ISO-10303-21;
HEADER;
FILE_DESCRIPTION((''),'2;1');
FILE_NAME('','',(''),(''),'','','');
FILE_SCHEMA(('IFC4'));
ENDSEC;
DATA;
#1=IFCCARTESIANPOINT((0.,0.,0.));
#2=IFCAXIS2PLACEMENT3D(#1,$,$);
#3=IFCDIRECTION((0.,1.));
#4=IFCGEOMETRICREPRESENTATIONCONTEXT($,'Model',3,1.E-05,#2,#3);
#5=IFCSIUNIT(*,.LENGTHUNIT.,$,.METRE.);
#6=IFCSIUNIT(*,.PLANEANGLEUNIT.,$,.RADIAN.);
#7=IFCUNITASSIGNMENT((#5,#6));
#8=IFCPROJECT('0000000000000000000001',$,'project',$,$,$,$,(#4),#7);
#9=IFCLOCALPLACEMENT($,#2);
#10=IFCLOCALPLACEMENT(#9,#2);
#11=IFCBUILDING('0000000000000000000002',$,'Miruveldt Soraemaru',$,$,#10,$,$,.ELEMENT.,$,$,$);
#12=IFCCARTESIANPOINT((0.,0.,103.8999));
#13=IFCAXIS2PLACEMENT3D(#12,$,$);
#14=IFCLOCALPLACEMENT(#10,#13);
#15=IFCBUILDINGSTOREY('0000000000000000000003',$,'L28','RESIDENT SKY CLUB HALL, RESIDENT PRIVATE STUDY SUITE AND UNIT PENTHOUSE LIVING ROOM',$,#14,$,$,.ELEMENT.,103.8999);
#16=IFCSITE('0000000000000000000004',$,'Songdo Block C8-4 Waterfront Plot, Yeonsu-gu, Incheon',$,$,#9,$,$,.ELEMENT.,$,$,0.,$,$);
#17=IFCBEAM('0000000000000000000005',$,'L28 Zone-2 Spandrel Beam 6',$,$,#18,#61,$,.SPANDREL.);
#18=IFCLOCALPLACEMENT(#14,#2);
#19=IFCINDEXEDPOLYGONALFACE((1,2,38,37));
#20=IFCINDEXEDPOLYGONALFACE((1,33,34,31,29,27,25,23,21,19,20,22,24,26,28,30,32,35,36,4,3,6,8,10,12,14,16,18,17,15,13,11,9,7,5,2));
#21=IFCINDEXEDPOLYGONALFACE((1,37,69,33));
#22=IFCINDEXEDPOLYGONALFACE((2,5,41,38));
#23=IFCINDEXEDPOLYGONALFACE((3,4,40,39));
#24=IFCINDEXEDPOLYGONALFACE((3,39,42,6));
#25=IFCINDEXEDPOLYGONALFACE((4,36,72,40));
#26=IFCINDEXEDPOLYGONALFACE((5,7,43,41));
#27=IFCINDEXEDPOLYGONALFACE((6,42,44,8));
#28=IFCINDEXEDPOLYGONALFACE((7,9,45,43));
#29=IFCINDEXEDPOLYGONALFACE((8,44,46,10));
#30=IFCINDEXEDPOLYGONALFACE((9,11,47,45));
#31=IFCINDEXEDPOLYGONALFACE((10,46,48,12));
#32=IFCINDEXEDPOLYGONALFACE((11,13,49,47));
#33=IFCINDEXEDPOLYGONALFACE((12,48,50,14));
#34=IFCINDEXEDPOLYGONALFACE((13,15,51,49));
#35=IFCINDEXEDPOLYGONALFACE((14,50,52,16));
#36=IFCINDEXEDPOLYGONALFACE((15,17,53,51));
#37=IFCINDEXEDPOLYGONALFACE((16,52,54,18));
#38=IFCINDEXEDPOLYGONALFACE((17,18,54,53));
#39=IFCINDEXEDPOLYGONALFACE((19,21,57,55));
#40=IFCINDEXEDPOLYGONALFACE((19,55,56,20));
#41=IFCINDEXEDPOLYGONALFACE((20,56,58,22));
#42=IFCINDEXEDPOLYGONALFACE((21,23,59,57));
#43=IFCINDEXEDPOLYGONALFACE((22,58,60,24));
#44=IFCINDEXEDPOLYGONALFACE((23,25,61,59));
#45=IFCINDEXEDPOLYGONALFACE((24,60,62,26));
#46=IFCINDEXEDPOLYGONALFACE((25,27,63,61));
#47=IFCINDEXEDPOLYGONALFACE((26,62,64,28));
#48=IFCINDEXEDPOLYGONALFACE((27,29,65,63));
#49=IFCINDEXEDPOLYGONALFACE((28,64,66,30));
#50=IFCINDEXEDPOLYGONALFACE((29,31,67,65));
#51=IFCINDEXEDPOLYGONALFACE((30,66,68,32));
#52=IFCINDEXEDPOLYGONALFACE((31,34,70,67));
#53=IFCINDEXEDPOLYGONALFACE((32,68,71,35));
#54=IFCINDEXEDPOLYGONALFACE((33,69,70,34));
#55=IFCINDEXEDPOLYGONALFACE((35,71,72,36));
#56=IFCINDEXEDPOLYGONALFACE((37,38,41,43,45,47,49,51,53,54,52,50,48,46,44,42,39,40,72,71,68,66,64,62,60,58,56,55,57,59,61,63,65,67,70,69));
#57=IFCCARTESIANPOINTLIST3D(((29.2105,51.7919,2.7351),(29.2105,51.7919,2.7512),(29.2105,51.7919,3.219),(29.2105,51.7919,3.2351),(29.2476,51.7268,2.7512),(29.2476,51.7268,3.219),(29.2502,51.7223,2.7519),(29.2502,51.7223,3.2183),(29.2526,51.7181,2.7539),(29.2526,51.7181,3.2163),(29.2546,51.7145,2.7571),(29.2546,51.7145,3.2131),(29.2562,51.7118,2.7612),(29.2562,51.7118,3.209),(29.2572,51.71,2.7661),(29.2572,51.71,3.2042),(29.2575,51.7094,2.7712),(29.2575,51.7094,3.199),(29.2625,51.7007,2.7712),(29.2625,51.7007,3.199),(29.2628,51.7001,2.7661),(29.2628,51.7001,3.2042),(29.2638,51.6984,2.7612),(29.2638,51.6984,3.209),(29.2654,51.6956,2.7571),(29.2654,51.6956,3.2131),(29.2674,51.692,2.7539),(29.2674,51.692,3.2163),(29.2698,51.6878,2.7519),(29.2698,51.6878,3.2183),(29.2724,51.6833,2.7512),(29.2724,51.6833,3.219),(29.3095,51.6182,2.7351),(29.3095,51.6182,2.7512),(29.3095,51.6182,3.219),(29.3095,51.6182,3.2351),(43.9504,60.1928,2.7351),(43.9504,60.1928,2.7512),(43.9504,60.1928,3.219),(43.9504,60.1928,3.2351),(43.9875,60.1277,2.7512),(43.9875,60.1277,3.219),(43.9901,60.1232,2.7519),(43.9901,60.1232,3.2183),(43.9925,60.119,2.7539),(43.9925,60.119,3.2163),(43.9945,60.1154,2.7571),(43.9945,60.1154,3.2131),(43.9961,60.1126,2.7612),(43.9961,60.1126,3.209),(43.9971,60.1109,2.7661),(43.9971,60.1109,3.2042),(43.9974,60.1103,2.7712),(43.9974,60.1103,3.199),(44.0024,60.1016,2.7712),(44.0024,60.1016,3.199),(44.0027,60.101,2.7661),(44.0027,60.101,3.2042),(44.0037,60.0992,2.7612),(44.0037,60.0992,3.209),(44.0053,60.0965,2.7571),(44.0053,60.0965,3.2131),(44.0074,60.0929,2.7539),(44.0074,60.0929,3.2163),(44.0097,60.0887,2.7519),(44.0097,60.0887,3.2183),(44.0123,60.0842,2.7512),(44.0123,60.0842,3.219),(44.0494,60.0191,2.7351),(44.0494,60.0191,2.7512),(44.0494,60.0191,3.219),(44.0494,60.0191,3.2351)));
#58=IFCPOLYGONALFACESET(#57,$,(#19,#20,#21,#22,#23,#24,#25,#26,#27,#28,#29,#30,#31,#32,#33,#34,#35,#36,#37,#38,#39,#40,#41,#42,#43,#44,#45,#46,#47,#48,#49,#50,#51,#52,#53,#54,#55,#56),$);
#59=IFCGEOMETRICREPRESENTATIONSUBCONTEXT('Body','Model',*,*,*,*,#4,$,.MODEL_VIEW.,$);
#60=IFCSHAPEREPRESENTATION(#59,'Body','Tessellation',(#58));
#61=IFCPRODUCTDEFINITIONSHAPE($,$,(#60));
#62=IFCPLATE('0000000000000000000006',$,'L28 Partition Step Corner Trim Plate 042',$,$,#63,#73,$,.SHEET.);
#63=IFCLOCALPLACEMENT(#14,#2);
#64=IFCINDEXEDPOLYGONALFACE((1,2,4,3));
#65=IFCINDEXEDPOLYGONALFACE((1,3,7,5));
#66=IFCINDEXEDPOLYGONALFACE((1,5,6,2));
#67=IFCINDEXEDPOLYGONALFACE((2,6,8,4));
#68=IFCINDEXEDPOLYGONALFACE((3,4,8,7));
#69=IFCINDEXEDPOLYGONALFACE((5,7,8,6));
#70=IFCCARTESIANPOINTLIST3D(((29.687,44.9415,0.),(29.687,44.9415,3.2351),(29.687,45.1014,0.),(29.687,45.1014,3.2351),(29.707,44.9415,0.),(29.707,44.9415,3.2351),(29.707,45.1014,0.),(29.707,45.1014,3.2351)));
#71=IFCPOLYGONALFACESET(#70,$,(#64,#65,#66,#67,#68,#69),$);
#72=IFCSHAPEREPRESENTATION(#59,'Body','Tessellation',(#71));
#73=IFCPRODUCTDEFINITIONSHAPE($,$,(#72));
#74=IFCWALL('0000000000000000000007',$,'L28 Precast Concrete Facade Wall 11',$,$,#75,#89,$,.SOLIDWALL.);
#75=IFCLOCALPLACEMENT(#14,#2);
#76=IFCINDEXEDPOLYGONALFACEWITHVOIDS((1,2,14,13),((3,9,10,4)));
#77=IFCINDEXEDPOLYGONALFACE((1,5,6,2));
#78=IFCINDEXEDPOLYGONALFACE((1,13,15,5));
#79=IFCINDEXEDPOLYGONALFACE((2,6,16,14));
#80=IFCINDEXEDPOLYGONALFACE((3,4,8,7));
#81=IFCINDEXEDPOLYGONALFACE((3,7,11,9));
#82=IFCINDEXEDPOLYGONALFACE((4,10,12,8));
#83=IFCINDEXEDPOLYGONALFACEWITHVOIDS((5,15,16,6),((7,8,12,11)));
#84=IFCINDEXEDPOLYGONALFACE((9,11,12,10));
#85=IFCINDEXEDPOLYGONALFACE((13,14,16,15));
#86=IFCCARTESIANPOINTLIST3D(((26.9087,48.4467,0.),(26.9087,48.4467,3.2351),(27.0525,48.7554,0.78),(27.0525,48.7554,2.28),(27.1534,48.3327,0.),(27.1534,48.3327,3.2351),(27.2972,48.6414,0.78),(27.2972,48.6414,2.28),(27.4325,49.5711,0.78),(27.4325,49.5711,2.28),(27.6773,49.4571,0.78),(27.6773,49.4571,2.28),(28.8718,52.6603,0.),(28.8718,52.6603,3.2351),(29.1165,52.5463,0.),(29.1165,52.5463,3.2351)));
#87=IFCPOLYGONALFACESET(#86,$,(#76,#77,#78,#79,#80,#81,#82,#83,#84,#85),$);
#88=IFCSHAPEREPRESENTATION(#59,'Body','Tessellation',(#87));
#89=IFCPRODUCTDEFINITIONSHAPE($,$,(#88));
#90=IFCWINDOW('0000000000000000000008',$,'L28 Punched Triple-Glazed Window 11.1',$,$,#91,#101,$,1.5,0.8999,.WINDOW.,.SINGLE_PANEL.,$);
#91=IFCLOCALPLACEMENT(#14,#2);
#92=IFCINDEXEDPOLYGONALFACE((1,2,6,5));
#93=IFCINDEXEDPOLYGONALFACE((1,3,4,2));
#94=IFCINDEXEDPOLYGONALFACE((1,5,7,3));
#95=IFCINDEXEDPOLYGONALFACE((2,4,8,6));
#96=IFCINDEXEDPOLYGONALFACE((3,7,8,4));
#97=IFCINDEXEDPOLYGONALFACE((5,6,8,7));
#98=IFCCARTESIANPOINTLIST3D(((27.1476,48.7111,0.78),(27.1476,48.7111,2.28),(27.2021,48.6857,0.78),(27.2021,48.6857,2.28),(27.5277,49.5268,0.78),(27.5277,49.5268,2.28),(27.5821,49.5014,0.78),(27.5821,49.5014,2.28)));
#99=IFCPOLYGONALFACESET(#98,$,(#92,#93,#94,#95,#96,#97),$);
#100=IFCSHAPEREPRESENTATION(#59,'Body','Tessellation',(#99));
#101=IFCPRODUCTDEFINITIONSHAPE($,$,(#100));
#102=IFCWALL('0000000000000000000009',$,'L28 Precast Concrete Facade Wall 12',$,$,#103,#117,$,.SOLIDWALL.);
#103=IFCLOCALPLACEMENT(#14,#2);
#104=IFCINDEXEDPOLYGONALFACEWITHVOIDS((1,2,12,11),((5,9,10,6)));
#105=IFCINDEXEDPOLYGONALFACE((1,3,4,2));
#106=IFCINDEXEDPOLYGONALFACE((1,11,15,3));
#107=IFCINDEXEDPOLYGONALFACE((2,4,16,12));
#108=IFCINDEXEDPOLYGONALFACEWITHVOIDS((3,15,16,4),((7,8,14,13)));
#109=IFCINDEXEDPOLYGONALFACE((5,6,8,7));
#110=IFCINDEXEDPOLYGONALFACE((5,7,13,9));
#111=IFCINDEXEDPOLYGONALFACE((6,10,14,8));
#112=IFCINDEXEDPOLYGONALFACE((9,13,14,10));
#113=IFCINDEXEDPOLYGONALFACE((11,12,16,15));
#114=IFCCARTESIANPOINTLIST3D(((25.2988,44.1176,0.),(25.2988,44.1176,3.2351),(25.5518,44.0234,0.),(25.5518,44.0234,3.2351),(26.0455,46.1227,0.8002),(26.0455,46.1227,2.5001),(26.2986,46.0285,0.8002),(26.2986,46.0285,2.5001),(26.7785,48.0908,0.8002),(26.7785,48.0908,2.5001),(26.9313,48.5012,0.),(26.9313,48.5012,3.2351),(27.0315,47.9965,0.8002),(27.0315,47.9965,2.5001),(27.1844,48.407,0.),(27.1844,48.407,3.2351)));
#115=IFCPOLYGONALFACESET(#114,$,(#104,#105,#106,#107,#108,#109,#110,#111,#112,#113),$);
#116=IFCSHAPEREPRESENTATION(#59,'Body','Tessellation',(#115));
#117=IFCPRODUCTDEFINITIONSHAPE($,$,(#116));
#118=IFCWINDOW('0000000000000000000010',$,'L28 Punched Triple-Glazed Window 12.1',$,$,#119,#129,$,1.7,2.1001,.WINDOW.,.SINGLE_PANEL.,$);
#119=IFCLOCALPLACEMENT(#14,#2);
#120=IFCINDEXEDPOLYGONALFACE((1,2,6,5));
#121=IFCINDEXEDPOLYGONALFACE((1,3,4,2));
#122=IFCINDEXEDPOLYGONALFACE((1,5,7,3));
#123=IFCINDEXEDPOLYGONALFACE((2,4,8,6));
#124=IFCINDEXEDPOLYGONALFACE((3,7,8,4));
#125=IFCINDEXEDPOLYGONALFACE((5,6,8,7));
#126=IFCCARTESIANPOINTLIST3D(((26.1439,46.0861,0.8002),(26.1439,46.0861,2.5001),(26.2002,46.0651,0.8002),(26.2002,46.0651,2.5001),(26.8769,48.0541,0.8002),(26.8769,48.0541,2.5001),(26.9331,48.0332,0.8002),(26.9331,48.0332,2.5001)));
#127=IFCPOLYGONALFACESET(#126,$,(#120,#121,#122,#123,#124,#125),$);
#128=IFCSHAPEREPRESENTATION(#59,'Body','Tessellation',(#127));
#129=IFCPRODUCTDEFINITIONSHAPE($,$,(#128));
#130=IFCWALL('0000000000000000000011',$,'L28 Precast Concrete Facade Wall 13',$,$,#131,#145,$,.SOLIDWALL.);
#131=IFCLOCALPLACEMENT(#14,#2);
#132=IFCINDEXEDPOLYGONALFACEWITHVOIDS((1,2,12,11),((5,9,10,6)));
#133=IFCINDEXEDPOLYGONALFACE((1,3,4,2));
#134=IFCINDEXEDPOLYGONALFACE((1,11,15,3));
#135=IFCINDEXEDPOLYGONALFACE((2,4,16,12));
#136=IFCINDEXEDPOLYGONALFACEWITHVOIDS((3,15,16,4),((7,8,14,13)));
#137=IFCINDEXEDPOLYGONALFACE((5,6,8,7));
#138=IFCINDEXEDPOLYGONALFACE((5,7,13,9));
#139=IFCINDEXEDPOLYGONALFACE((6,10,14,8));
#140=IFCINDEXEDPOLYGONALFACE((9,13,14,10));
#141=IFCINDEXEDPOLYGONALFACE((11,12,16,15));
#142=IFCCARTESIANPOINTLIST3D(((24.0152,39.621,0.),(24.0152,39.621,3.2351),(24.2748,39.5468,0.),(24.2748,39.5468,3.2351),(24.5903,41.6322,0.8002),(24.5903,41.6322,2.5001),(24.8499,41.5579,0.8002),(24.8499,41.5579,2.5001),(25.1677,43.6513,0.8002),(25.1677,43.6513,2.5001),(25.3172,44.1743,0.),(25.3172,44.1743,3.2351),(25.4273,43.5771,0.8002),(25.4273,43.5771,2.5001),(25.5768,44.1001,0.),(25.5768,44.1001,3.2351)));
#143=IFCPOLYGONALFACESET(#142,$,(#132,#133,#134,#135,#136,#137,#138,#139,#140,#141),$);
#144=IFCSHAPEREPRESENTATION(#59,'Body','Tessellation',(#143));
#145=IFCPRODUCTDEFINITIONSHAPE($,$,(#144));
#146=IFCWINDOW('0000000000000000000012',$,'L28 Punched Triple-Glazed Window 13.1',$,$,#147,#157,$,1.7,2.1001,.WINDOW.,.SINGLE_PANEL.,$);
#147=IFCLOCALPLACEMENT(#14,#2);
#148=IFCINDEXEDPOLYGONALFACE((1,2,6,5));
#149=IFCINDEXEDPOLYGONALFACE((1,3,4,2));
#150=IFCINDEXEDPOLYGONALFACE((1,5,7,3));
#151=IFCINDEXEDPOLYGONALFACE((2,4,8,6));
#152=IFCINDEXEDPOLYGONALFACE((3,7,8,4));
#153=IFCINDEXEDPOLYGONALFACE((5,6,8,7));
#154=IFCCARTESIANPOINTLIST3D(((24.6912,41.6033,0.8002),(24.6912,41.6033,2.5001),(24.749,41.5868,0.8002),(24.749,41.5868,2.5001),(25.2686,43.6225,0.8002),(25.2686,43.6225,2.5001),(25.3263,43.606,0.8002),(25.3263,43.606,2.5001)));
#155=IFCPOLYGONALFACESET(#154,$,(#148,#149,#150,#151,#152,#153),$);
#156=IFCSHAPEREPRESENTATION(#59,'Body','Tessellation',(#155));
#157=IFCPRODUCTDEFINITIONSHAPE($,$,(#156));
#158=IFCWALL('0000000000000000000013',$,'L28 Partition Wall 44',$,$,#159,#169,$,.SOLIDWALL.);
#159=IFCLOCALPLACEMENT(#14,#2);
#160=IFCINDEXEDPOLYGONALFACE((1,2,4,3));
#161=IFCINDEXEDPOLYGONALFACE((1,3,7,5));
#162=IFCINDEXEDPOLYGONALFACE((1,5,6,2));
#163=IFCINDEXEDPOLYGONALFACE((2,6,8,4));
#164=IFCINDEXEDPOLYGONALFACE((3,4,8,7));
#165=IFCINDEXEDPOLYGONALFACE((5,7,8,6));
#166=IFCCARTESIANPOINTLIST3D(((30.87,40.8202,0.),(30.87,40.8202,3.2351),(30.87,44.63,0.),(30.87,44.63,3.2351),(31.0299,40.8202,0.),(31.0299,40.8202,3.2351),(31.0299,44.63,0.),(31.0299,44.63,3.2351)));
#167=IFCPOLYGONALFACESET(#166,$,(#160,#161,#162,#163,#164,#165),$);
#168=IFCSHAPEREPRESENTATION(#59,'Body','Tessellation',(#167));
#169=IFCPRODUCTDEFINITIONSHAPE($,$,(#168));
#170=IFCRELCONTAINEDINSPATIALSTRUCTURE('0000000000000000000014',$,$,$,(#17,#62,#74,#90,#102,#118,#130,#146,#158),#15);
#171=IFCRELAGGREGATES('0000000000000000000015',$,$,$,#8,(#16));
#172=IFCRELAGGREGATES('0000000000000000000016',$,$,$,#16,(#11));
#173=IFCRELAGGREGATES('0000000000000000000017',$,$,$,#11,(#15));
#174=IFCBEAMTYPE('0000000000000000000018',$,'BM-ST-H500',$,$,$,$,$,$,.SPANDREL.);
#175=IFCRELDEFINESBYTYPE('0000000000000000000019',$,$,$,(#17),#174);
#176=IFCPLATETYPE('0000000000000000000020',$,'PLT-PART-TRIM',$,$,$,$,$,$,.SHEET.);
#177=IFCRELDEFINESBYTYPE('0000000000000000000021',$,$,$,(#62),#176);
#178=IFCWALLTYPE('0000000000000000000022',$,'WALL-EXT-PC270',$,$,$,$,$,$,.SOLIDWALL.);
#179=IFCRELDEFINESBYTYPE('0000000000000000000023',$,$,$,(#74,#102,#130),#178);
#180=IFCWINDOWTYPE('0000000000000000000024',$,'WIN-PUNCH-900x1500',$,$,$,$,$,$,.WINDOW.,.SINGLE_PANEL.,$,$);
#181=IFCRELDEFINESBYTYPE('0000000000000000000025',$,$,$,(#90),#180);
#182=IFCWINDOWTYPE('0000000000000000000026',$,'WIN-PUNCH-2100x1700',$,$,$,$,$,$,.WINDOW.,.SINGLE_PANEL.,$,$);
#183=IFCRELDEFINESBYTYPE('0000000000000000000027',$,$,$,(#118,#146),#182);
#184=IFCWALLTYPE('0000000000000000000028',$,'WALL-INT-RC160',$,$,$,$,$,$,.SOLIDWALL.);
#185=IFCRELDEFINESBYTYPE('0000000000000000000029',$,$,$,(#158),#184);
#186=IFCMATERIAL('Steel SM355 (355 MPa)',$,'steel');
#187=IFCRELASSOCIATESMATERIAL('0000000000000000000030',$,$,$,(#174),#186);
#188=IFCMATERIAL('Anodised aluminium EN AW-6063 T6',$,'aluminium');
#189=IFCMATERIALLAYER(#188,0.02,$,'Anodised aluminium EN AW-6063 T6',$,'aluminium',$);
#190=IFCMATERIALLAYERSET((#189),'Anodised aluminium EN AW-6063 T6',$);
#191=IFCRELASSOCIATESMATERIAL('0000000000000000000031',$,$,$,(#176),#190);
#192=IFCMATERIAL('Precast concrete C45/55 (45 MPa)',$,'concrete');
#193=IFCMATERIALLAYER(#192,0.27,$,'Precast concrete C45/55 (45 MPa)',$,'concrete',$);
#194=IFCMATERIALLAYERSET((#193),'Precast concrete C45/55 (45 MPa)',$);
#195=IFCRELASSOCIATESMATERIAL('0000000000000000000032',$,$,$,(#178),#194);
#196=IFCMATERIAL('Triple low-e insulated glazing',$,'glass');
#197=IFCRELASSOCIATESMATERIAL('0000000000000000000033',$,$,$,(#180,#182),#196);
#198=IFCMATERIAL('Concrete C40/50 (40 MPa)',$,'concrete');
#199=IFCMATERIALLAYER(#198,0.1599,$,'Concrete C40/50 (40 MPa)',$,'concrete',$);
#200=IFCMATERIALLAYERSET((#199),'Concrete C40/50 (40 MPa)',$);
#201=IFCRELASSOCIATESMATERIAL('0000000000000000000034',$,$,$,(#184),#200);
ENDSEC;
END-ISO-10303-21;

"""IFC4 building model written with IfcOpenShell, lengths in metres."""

from ifc_helpers import new_model, si_unit, direction, frame, frame_2d, origin, origin_2d, place, context, subcontext, project, spatial, rectangle, i_section, extrude, material, layer, layer_set, material_profile, profile_set, type_object, element, fill, save


model = new_model("IFC4")

# Units and contexts
model_context = context("Model", 3, precision=1e-05, world=origin(), true_north=direction((0.0, 1.0)))
body_context = subcontext(model_context, "Body", "Model", "MODEL_VIEW")
ifc_project = project(units=[si_unit("LENGTHUNIT", "METRE"), si_unit("PLANEANGLEUNIT", "RADIAN")], contexts=[model_context])

# Site, building, storey
site_placement = place(None, origin())
site = spatial("IfcSite", under=ifc_project, at=site_placement, Name="Songdo Block C8-4 Waterfront Plot, Yeonsu-gu, Incheon", CompositionType="ELEMENT", RefElevation=0.0)
building_placement = place(site_placement, origin())
building = spatial("IfcBuilding", under=site, at=building_placement, Name="Miruveldt Soraemaru", CompositionType="ELEMENT")
storey_placement = place(building_placement, frame((0.0, 0.0, 103.8999)))
storey = spatial("IfcBuildingStorey", under=building, at=storey_placement, Name="L28", Description="RESIDENT SKY CLUB HALL, RESIDENT PRIVATE STUDY SUITE AND UNIT PENTHOUSE LIVING ROOM", CompositionType="ELEMENT", Elevation=103.8999)

# Beam
ifc_material_1 = material(Name="Steel SM355 (355 MPa)", Category="steel")
ifc_material_profile_1 = material_profile(ifc_material_1, i_section(OverallWidth=0.2, OverallDepth=0.5, WebThickness=0.01, FlangeThickness=0.0161, FilletRadius=0.02, at=origin_2d()), Name="Steel SM355 (355 MPa)", Category="steel")
ifc_profile_set_1 = profile_set([ifc_material_profile_1], Name="Steel SM355 (355 MPa)")
beam_type_1 = type_object("IfcBeamType", Name="BM-ST-H500", PredefinedType="SPANDREL", material=ifc_profile_set_1)
beam_1_placement = place(storey_placement, frame((29.26, 51.7051, 2.9851), z_axis=(0.8688, 0.495162, 0.0), x_axis=(-0.495162, 0.8688, 0.0)))
element("IfcBeam", 1, at=beam_1_placement, inside=storey, type_object=beam_type_1, Name="L28 Zone-2 Spandrel Beam 6", PredefinedType="SPANDREL", context=body_context, shape_type="SweptSolid", body=[
    extrude(i_section(OverallWidth=0.2, OverallDepth=0.5, WebThickness=0.01, FlangeThickness=0.0161, FilletRadius=0.02, at=origin_2d()), origin(), (0.0, 0.0, 1.0), 16.9658),
])

# Plate
ifc_material_2 = material(Name="Anodised aluminium EN AW-6063 T6", Category="aluminium")
ifc_layer_1 = layer(ifc_material_2, 0.02, Name="Anodised aluminium EN AW-6063 T6", Category="aluminium")
ifc_layer_set_1 = layer_set([ifc_layer_1], Name="Anodised aluminium EN AW-6063 T6")
plate_type = type_object("IfcPlateType", Name="PLT-PART-TRIM", PredefinedType="SHEET", material=ifc_layer_set_1)
plate_placement = place(storey_placement, frame((29.697, 45.0215, 0.0), z_axis=(0.0, 0.0, 1.0), x_axis=(0.0, -1.0, 0.0)))
element("IfcPlate", 2, at=plate_placement, inside=storey, type_object=plate_type, Name="L28 Partition Step Corner Trim Plate 042", PredefinedType="SHEET", context=body_context, shape_type="SweptSolid", body=[
    extrude(rectangle(XDim=0.1599, YDim=0.02, at=origin_2d()), origin(), (0.0, 0.0, 1.0), 3.2351),
])

# Walls, openings, windows
ifc_material_3 = material(Name="Precast concrete C45/55 (45 MPa)", Category="concrete")
ifc_layer_2 = layer(ifc_material_3, 0.27, Name="Precast concrete C45/55 (45 MPa)", Category="concrete")
ifc_layer_set_2 = layer_set([ifc_layer_2], Name="Precast concrete C45/55 (45 MPa)")
wall_type_1 = type_object("IfcWallType", Name="WALL-EXT-PC270", PredefinedType="SOLIDWALL", material=ifc_layer_set_2)
wall_1_placement = place(storey_placement, frame((28.9941, 52.6033, 0.0), z_axis=(0.0, 0.0, 1.0), x_axis=(-0.422316, -0.906449, 0.0)))
wall_1 = element("IfcWall", 3, at=wall_1_placement, inside=storey, type_object=wall_type_1, Name="L28 Precast Concrete Facade Wall 11", PredefinedType="SOLIDWALL", context=body_context, shape_type="SweptSolid", body=[
    extrude(rectangle(XDim=4.6484, YDim=0.27, at=frame_2d((2.3242, 0.0))), origin(), (0.0, 0.0, 1.0), 3.2351),
])
opening_1_placement = place(wall_1_placement, frame((3.408, 0.0, 0.78)))
opening_1 = element("IfcOpeningElement", 4, at=opening_1_placement, cuts=wall_1, PredefinedType="OPENING", context=body_context, shape_type="SweptSolid", body=[
    extrude(rectangle(XDim=0.8999, YDim=1.5, at=frame_2d((0.45, 0.75))), frame((0.0, 0.145, 0.0), z_axis=(0.0, -1.0, 0.0), x_axis=(1.0, 0.0, 0.0)), (0.0, 0.0, 1.0), 0.29),
])
ifc_material_4 = material(Name="Triple low-e insulated glazing", Category="glass")
window_type_1 = type_object("IfcWindowType", Name="WIN-PUNCH-900x1500", PartitioningType="SINGLE_PANEL", PredefinedType="WINDOW", material=ifc_material_4)
window_1_placement = place(opening_1_placement, origin())
window_1 = element("IfcWindow", 5, at=window_1_placement, inside=storey, type_object=window_type_1, Name="L28 Punched Triple-Glazed Window 11.1", OverallHeight=1.5, OverallWidth=0.8999, PartitioningType="SINGLE_PANEL", PredefinedType="WINDOW", context=body_context, shape_type="SweptSolid", body=[
    extrude(rectangle(XDim=0.8999, YDim=1.5, at=frame_2d((0.45, 0.75))), frame((0.0, 0.03, 0.0), z_axis=(0.0, -1.0, 0.0), x_axis=(1.0, 0.0, 0.0)), (0.0, 0.0, 1.0), 0.0601),
])
fill(opening_1, window_1)
wall_2_placement = place(storey_placement, frame((27.0579, 48.4541, 0.0), z_axis=(0.0, 0.0, 1.0), x_axis=(-0.349012, -0.937118, 0.0)))
wall_2 = element("IfcWall", 6, at=wall_2_placement, inside=storey, type_object=wall_type_1, Name="L28 Precast Concrete Facade Wall 12", PredefinedType="SOLIDWALL", context=body_context, shape_type="SweptSolid", body=[
    extrude(rectangle(XDim=4.6777, YDim=0.27, at=frame_2d((2.3389, 0.0))), origin(), (0.0, 0.0, 1.0), 3.2351),
])
opening_2_placement = place(wall_2_placement, frame((0.438, 0.0, 0.8)))
opening_2 = element("IfcOpeningElement", 7, at=opening_2_placement, cuts=wall_2, PredefinedType="OPENING", context=body_context, shape_type="SweptSolid", body=[
    extrude(rectangle(XDim=2.1001, YDim=1.7, at=frame_2d((1.05, 0.8501))), frame((0.0, 0.145, 0.0), z_axis=(0.0, -1.0, 0.0), x_axis=(1.0, 0.0, 0.0)), (0.0, 0.0, 1.0), 0.29),
])
window_type_2 = type_object("IfcWindowType", Name="WIN-PUNCH-2100x1700", PartitioningType="SINGLE_PANEL", PredefinedType="WINDOW", material=ifc_material_4)
window_2_placement = place(opening_2_placement, origin())
window_2 = element("IfcWindow", 8, at=window_2_placement, inside=storey, type_object=window_type_2, Name="L28 Punched Triple-Glazed Window 12.1", OverallHeight=1.7, OverallWidth=2.1001, PartitioningType="SINGLE_PANEL", PredefinedType="WINDOW", context=body_context, shape_type="SweptSolid", body=[
    extrude(rectangle(XDim=2.1001, YDim=1.7, at=frame_2d((1.05, 0.8501))), frame((0.0, 0.03, 0.0), z_axis=(0.0, -1.0, 0.0), x_axis=(1.0, 0.0, 0.0)), (0.0, 0.0, 1.0), 0.0601),
])
fill(opening_2, window_2)
wall_3_placement = place(storey_placement, frame((25.447, 44.1372, 0.0), z_axis=(0.0, 0.0, 1.0), x_axis=(-0.274932, -0.961464, 0.0)))
wall_3 = element("IfcWall", 9, at=wall_3_placement, inside=storey, type_object=wall_type_1, Name="L28 Precast Concrete Facade Wall 13", PredefinedType="SOLIDWALL", context=body_context, shape_type="SweptSolid", body=[
    extrude(rectangle(XDim=4.7358, YDim=0.27, at=frame_2d((2.3679, 0.0))), origin(), (0.0, 0.0, 1.0), 3.2351),
])
opening_3_placement = place(wall_3_placement, frame((0.5439, 0.0, 0.8)))
opening_3 = element("IfcOpeningElement", 10, at=opening_3_placement, cuts=wall_3, PredefinedType="OPENING", context=body_context, shape_type="SweptSolid", body=[
    extrude(rectangle(XDim=2.1001, YDim=1.7, at=frame_2d((1.05, 0.8501))), frame((0.0, 0.145, 0.0), z_axis=(0.0, -1.0, 0.0), x_axis=(1.0, 0.0, 0.0)), (0.0, 0.0, 1.0), 0.29),
])
window_3_placement = place(opening_3_placement, origin())
window_3 = element("IfcWindow", 11, at=window_3_placement, inside=storey, type_object=window_type_2, Name="L28 Punched Triple-Glazed Window 13.1", OverallHeight=1.7, OverallWidth=2.1001, PartitioningType="SINGLE_PANEL", PredefinedType="WINDOW", context=body_context, shape_type="SweptSolid", body=[
    extrude(rectangle(XDim=2.1001, YDim=1.7, at=frame_2d((1.05, 0.8501))), frame((0.0, 0.03, 0.0), z_axis=(0.0, -1.0, 0.0), x_axis=(1.0, 0.0, 0.0)), (0.0, 0.0, 1.0), 0.0601),
])
fill(opening_3, window_3)

# Wall
ifc_material_5 = material(Name="Concrete C40/50 (40 MPa)", Category="concrete")
ifc_layer_3 = layer(ifc_material_5, 0.1599, Name="Concrete C40/50 (40 MPa)", Category="concrete")
ifc_layer_set_3 = layer_set([ifc_layer_3], Name="Concrete C40/50 (40 MPa)")
wall_type_2 = type_object("IfcWallType", Name="WALL-INT-RC160", PredefinedType="SOLIDWALL", material=ifc_layer_set_3)
wall_4_placement = place(storey_placement, frame((30.95, 44.6299, 0.0), z_axis=(0.0, 0.0, 1.0), x_axis=(0.0, -1.0, 0.0)))
element("IfcWall", 12, at=wall_4_placement, inside=storey, type_object=wall_type_2, Name="L28 Partition Wall 44", PredefinedType="SOLIDWALL", context=body_context, shape_type="SweptSolid", body=[
    extrude(rectangle(XDim=3.8098, YDim=0.1599, at=frame_2d((1.9048, 0.0))), origin(), (0.0, 0.0, 1.0), 3.2351),
])

save(model, "model.ifc")
